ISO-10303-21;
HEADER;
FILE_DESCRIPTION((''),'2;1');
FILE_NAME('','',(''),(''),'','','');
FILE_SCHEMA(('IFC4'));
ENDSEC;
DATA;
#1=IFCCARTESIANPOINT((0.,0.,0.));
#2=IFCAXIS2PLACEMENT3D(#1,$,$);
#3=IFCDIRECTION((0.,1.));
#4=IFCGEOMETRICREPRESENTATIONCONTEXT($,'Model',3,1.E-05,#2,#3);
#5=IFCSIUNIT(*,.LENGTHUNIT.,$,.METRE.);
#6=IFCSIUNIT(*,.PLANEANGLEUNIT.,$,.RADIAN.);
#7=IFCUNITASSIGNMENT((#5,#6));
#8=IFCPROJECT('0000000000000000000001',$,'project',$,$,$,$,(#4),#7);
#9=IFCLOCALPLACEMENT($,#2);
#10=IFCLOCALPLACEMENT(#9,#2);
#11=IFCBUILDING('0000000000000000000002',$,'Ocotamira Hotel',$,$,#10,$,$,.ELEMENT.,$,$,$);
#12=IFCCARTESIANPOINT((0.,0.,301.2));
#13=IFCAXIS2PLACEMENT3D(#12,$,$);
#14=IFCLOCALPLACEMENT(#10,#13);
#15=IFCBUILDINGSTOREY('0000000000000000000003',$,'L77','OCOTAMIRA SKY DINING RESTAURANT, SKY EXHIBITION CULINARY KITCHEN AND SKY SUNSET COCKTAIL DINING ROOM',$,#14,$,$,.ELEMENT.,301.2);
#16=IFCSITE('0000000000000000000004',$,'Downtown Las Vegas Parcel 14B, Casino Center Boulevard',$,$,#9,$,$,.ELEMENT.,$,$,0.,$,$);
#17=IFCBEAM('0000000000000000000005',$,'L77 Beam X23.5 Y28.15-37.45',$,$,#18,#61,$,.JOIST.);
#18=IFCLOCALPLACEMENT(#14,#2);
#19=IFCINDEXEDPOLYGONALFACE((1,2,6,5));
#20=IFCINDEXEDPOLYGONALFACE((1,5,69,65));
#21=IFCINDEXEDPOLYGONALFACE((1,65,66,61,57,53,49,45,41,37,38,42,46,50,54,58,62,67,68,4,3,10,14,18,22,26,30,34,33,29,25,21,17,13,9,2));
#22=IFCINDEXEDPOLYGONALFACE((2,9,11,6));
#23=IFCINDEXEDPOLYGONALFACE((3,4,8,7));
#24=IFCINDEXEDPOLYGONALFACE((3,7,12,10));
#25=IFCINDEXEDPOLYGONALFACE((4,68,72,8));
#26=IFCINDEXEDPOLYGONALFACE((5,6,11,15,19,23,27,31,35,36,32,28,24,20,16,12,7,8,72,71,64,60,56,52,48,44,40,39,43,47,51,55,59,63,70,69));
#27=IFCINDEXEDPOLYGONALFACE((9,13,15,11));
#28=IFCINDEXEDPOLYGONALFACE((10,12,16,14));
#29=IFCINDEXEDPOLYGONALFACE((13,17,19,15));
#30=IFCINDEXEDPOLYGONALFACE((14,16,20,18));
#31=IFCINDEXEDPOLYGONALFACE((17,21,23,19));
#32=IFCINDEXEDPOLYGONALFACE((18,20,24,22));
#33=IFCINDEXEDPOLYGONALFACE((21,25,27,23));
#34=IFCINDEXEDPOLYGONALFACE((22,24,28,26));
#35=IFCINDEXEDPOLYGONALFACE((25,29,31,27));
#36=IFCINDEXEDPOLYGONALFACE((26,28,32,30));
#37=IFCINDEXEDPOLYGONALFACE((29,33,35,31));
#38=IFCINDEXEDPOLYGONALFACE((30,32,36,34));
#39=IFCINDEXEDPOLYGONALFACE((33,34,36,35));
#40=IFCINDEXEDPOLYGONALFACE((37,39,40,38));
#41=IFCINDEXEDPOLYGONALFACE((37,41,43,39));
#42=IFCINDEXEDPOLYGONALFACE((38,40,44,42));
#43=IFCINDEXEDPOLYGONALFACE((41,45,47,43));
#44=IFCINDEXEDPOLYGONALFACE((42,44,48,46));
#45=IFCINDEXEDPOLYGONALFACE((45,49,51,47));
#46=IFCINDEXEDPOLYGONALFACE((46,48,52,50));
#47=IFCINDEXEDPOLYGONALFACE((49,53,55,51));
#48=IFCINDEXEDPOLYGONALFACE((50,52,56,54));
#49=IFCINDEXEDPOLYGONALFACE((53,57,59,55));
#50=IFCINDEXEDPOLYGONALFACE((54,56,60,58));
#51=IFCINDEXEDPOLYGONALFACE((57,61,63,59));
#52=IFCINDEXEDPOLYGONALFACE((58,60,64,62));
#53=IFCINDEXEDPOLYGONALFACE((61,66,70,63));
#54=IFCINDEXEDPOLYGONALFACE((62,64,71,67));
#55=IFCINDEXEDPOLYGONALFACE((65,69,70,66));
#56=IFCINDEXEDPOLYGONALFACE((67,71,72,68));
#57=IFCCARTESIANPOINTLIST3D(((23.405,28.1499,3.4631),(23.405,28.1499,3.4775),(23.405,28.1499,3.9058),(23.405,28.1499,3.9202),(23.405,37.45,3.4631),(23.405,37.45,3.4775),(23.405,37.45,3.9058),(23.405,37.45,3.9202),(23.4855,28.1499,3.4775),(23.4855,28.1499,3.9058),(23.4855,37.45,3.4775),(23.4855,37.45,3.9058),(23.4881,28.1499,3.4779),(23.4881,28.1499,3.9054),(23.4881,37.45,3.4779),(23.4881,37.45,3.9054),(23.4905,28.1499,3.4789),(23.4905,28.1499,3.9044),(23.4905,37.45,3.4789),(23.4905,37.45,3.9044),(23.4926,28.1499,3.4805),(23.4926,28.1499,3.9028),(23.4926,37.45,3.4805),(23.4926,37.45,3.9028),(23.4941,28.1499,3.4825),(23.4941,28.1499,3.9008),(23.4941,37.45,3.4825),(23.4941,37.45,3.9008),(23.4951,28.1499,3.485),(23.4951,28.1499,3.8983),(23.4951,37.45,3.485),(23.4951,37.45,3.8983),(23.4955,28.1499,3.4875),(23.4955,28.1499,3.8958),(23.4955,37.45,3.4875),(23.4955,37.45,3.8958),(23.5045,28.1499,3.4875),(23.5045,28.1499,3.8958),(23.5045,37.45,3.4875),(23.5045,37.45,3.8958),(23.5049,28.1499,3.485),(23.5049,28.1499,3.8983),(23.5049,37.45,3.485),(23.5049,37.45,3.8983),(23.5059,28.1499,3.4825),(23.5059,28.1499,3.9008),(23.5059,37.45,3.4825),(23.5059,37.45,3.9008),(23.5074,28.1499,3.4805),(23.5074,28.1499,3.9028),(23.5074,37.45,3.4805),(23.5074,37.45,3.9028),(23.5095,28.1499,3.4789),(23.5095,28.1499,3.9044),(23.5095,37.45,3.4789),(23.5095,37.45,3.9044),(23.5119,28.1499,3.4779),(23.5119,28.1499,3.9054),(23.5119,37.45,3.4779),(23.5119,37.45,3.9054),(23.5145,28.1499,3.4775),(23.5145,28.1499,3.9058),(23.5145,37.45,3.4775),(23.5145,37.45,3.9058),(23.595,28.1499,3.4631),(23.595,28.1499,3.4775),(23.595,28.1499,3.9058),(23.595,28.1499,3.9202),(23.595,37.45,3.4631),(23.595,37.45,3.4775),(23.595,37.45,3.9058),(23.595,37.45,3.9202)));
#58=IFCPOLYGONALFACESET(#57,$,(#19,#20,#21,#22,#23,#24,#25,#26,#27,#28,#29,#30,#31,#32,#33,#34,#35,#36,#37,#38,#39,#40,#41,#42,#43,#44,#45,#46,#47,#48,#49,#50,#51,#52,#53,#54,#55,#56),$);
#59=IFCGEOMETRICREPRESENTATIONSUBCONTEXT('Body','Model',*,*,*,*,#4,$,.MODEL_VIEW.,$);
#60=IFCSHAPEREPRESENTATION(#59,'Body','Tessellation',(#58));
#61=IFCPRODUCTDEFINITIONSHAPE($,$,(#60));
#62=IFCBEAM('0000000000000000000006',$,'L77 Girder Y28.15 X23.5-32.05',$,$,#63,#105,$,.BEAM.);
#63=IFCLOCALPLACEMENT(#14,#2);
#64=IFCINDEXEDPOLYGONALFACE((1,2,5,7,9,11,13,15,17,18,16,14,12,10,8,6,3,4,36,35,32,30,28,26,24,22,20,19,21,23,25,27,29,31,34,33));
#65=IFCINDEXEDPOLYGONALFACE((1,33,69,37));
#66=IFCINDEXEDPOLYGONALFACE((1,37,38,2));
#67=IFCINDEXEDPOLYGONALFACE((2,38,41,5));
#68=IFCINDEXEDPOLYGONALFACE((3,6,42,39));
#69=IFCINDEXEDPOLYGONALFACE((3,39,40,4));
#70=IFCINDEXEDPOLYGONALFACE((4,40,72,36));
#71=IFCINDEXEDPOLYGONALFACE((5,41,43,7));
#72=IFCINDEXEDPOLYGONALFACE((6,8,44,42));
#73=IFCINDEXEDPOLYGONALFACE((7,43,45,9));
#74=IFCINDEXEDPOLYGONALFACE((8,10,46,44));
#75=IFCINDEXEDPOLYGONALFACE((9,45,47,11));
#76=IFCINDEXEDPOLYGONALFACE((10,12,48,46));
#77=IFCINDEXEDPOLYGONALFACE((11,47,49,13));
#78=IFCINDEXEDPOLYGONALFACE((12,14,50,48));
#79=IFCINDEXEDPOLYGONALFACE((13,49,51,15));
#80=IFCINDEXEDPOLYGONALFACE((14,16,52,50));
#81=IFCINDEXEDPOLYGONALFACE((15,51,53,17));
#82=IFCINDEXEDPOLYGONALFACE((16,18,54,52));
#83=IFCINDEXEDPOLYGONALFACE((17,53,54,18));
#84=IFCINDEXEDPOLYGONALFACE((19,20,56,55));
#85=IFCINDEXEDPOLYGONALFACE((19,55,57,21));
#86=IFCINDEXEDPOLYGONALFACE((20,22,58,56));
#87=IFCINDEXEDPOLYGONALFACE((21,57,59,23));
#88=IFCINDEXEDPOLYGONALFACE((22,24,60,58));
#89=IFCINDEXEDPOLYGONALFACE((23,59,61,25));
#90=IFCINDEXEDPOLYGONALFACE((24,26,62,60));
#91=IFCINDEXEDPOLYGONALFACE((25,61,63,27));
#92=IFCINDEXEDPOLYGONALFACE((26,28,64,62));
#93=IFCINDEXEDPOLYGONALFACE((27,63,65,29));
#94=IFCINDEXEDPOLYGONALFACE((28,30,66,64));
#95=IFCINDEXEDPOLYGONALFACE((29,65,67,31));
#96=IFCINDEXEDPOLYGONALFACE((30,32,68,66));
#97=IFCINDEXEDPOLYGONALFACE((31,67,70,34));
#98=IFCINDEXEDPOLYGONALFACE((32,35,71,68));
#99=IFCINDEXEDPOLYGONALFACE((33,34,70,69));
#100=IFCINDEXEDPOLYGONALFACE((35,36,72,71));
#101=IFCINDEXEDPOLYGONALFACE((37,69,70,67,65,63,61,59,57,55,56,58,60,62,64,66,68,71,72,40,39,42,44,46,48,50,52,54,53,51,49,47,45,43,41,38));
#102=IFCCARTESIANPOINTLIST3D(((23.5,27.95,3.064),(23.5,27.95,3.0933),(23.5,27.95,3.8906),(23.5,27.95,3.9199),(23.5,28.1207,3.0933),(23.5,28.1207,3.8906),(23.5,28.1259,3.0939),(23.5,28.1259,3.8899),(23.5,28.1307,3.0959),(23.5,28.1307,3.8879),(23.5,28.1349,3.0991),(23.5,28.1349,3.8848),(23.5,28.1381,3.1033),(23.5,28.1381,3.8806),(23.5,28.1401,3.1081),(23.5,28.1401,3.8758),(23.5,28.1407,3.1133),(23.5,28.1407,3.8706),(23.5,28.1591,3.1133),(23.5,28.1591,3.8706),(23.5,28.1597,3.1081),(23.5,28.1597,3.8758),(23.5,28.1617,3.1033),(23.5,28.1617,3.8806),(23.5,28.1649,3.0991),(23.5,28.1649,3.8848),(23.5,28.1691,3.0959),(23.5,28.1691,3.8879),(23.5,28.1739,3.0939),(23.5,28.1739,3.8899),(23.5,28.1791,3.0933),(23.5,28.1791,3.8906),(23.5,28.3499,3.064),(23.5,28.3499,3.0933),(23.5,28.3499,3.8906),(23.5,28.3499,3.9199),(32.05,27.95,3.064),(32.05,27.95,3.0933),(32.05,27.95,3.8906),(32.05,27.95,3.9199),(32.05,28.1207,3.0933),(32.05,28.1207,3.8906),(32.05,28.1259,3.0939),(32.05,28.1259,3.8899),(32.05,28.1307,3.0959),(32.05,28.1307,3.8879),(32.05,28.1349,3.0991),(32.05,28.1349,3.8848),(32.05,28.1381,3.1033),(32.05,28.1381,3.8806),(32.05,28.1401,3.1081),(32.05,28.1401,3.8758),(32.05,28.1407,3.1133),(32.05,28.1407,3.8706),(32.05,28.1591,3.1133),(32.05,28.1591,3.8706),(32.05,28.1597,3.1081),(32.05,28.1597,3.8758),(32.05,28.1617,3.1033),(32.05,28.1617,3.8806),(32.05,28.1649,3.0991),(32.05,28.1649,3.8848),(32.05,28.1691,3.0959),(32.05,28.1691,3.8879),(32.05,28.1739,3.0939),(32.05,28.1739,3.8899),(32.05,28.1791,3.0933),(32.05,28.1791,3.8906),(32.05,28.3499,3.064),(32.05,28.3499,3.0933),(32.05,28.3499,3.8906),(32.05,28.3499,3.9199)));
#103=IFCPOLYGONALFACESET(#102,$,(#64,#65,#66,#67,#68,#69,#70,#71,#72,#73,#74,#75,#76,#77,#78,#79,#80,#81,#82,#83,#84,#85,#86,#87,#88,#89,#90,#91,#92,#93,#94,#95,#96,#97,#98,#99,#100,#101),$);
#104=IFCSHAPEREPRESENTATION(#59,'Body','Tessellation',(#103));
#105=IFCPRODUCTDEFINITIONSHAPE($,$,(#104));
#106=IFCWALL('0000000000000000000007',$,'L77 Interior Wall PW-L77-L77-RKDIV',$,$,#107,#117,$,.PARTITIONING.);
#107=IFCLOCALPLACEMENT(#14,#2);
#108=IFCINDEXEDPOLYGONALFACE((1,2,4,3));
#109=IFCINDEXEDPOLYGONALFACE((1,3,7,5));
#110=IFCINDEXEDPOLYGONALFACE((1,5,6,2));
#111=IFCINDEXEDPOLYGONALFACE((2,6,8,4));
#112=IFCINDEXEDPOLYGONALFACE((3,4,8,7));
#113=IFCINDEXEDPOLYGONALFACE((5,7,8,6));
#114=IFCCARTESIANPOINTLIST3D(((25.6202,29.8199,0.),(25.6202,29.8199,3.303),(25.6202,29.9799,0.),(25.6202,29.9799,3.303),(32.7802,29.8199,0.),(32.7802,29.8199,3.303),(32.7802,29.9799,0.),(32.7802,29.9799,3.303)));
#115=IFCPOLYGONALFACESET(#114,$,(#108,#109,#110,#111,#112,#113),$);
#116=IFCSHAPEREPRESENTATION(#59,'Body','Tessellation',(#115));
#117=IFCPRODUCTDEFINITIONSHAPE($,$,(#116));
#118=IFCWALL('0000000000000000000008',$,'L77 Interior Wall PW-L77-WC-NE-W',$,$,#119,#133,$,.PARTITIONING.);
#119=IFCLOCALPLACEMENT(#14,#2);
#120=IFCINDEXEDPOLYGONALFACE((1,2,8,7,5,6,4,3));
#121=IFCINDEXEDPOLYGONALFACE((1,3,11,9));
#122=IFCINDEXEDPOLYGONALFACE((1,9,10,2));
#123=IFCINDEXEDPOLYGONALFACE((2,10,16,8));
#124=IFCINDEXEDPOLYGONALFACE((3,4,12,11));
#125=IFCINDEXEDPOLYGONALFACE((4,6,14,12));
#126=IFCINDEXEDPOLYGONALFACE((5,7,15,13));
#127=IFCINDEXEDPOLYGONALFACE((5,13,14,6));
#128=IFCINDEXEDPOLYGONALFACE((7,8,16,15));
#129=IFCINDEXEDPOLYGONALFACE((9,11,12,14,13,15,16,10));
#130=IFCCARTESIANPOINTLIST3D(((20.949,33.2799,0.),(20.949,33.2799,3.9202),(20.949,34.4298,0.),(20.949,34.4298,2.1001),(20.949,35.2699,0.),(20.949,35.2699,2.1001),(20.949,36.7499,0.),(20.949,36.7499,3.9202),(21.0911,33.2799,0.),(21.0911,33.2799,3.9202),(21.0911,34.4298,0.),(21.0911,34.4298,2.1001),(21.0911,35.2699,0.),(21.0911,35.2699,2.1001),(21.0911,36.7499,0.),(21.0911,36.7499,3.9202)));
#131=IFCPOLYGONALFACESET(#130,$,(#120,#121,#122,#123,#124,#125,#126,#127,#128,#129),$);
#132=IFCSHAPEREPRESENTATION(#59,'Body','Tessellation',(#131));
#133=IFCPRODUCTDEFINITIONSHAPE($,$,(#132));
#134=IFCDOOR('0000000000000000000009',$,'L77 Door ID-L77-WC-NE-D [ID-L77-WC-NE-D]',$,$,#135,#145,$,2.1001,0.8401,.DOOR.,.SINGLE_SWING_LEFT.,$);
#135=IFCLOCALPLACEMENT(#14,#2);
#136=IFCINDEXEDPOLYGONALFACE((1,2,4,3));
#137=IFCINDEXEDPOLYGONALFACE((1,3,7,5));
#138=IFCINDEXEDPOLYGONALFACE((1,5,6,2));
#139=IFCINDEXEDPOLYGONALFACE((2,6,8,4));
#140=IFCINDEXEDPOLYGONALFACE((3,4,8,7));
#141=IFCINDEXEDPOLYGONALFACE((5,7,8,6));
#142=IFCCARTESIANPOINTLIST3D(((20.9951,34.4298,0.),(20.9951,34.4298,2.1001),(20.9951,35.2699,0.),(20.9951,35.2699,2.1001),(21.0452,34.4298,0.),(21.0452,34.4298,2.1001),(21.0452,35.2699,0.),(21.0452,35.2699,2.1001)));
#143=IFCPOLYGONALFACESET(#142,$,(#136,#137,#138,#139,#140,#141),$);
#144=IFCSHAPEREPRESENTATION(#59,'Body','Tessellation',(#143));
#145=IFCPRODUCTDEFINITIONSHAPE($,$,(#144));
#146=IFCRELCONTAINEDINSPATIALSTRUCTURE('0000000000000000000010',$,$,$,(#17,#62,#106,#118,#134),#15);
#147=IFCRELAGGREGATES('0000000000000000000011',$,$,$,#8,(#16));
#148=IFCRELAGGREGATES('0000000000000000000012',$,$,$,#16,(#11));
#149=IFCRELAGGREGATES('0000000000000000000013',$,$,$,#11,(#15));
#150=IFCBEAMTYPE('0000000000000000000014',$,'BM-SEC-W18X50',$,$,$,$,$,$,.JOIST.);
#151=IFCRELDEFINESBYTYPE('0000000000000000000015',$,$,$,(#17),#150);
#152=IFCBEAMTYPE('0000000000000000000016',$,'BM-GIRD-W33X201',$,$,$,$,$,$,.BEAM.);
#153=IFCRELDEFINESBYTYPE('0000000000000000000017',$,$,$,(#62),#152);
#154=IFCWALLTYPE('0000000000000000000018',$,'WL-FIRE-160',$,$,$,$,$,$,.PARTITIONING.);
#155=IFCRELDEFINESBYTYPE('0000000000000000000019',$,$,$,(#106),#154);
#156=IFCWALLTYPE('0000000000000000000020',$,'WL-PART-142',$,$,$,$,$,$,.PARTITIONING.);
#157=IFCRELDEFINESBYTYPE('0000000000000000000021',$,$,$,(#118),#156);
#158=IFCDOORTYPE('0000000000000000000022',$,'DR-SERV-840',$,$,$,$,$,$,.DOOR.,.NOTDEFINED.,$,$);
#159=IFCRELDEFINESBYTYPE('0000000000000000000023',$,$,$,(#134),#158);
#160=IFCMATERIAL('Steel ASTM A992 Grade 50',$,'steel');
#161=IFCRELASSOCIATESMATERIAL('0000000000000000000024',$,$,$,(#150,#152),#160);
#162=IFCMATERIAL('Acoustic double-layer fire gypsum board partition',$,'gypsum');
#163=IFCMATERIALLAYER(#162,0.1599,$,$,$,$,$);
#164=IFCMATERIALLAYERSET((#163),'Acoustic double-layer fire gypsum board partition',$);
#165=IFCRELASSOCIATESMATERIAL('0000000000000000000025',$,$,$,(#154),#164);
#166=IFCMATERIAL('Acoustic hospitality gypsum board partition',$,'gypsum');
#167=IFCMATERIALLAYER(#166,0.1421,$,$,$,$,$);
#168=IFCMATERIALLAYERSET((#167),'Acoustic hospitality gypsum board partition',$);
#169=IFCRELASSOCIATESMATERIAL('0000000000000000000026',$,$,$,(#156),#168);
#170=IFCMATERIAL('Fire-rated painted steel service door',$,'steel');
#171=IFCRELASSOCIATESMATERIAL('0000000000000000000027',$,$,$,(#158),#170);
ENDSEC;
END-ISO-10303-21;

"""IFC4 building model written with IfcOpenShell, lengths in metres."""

from ifc_helpers import new_model, si_unit, direction, frame, frame_2d, origin, origin_2d, place, context, subcontext, project, spatial, rectangle, i_section, extrude, source, transform, mapped, material, layer, layer_set, material_profile, profile_set, type_object, element, fill, save


model = new_model("IFC4")

# Units and contexts
model_context = context("Model", 3, precision=1e-05, world=origin(), true_north=direction((0.0, 1.0)))
body_context = subcontext(model_context, "Body", "Model", "MODEL_VIEW")
ifc_project = project(units=[si_unit("LENGTHUNIT", "METRE"), si_unit("PLANEANGLEUNIT", "RADIAN")], contexts=[model_context])

# Site, building, storey
site_placement = place(None, origin())
site = spatial("IfcSite", under=ifc_project, at=site_placement, Name="Downtown Las Vegas Parcel 14B, Casino Center Boulevard", CompositionType="ELEMENT", RefElevation=0.0)
building_placement = place(site_placement, origin())
building = spatial("IfcBuilding", under=site, at=building_placement, Name="Ocotamira Hotel", CompositionType="ELEMENT")
storey_placement = place(building_placement, frame((0.0, 0.0, 301.2)))
storey = spatial("IfcBuildingStorey", under=building, at=storey_placement, Name="L77", Description="OCOTAMIRA SKY DINING RESTAURANT, SKY EXHIBITION CULINARY KITCHEN AND SKY SUNSET COCKTAIL DINING ROOM", CompositionType="ELEMENT", Elevation=301.2)

# Shared definitions
ifc_material_1 = material(Name="Steel ASTM A992 Grade 50", Category="steel")

# Beams
ifc_material_profile_1 = material_profile(ifc_material_1, i_section(OverallWidth=0.1899, OverallDepth=0.457, WebThickness=0.009, FlangeThickness=0.0144, FilletRadius=0.01, at=origin_2d()), Name="W18X50")
ifc_profile_set_1 = profile_set([ifc_material_profile_1], Name="Steel ASTM A992 Grade 50")
beam_type_1 = type_object("IfcBeamType", Name="BM-SEC-W18X50", PredefinedType="JOIST", material=ifc_profile_set_1)
shared_shape_1 = source(origin(), body_context, "Body", "SweptSolid", [
    extrude(i_section(OverallWidth=0.1899, OverallDepth=0.457, WebThickness=0.009, FlangeThickness=0.0144, FilletRadius=0.01, at=origin_2d()), origin(), (0.0, 0.0, 1.0), 9.3),
])
beam_1_placement = place(storey_placement, frame((23.5, 28.1499, 3.6917), z_axis=(0.0, 1.0, 0.0), x_axis=(-1.0, 0.0, 0.0)))
element("IfcBeam", 1, at=beam_1_placement, inside=storey, type_object=beam_type_1, Name="L77 Beam X23.5 Y28.15-37.45", PredefinedType="JOIST", context=body_context, shape_type="MappedRepresentation", body=[
    mapped(shared_shape_1, transform((0.0, 0.0, 0.0), scale=1.0)),
])
ifc_material_profile_2 = material_profile(ifc_material_1, i_section(OverallWidth=0.3999, OverallDepth=0.856, WebThickness=0.0183, FlangeThickness=0.0293, FilletRadius=0.02, at=origin_2d()), Name="W33X201")
ifc_profile_set_2 = profile_set([ifc_material_profile_2], Name="Steel ASTM A992 Grade 50")
beam_type_2 = type_object("IfcBeamType", Name="BM-GIRD-W33X201", PredefinedType="BEAM", material=ifc_profile_set_2)
shared_shape_2 = source(origin(), body_context, "Body", "SweptSolid", [
    extrude(i_section(OverallWidth=0.3999, OverallDepth=0.856, WebThickness=0.0183, FlangeThickness=0.0293, FilletRadius=0.02, at=origin_2d()), origin(), (0.0, 0.0, 1.0), 8.55),
])
beam_2_placement = place(storey_placement, frame((23.5, 28.1499, 3.4919), z_axis=(1.0, 0.0, 0.0), x_axis=(0.0, 1.0, 0.0)))
element("IfcBeam", 2, at=beam_2_placement, inside=storey, type_object=beam_type_2, Name="L77 Girder Y28.15 X23.5-32.05", PredefinedType="BEAM", context=body_context, shape_type="MappedRepresentation", body=[
    mapped(shared_shape_2, transform((0.0, 0.0, 0.0), scale=1.0)),
])

# Wall
ifc_material_2 = material(Name="Acoustic double-layer fire gypsum board partition", Category="gypsum")
ifc_layer_1 = layer(ifc_material_2, 0.1599)
ifc_layer_set_1 = layer_set([ifc_layer_1], Name="Acoustic double-layer fire gypsum board partition")
wall_type_1 = type_object("IfcWallType", Name="WL-FIRE-160", PredefinedType="PARTITIONING", material=ifc_layer_set_1)
wall_1_placement = place(storey_placement, frame((25.6201, 29.8999, 0.0), z_axis=(0.0, 0.0, 1.0), x_axis=(1.0, 0.0, 0.0)))
element("IfcWall", 3, at=wall_1_placement, inside=storey, type_object=wall_type_1, Name="L77 Interior Wall PW-L77-L77-RKDIV", PredefinedType="PARTITIONING", context=body_context, shape_type="SweptSolid", body=[
    extrude(rectangle(XDim=7.1599, YDim=0.1599, at=frame_2d((3.5801, 0.0))), origin(), (0.0, 0.0, 1.0), 3.303),
])

# Wall, opening, door
ifc_material_3 = material(Name="Acoustic hospitality gypsum board partition", Category="gypsum")
ifc_layer_2 = layer(ifc_material_3, 0.1421)
ifc_layer_set_2 = layer_set([ifc_layer_2], Name="Acoustic hospitality gypsum board partition")
wall_type_2 = type_object("IfcWallType", Name="WL-PART-142", PredefinedType="PARTITIONING", material=ifc_layer_set_2)
wall_2_placement = place(storey_placement, frame((21.02, 33.28, 0.0), z_axis=(0.0, 0.0, 1.0), x_axis=(0.0, 1.0, 0.0)))
wall_2 = element("IfcWall", 4, at=wall_2_placement, inside=storey, type_object=wall_type_2, Name="L77 Interior Wall PW-L77-WC-NE-W", PredefinedType="PARTITIONING", context=body_context, shape_type="SweptSolid", body=[
    extrude(rectangle(XDim=3.47, YDim=0.1421, at=frame_2d((1.7349, 0.0))), origin(), (0.0, 0.0, 1.0), 3.9202),
])
opening_1_placement = place(wall_2_placement, frame((1.1499, 0.0, 0.0)))
opening_1 = element("IfcOpeningElement", 5, at=opening_1_placement, cuts=wall_2, PredefinedType="OPENING", context=body_context, shape_type="SweptSolid", body=[
    extrude(rectangle(XDim=0.8401, YDim=2.1001, at=frame_2d((0.4199, 1.05))), frame((0.0, 0.0811, 0.0), z_axis=(0.0, -1.0, 0.0), x_axis=(1.0, 0.0, 0.0)), (0.0, 0.0, 1.0), 0.1621),
])
ifc_material_4 = material(Name="Fire-rated painted steel service door", Category="steel")
door_type_1 = type_object("IfcDoorType", Name="DR-SERV-840", OperationType="NOTDEFINED", PredefinedType="DOOR", material=ifc_material_4)
shared_shape_3 = source(origin(), body_context, "Body", "SweptSolid", [
    extrude(rectangle(XDim=0.8401, YDim=2.1001, at=frame_2d((0.4199, 1.05))), frame((0.0, 0.0249, 0.0), z_axis=(0.0, -1.0, 0.0), x_axis=(1.0, 0.0, 0.0)), (0.0, 0.0, 1.0), 0.05),
])
door_1_placement = place(opening_1_placement, origin())
door_1 = element("IfcDoor", 6, at=door_1_placement, inside=storey, type_object=door_type_1, Name="L77 Door ID-L77-WC-NE-D [ID-L77-WC-NE-D]", OperationType="SINGLE_SWING_LEFT", OverallHeight=2.1001, OverallWidth=0.8401, PredefinedType="DOOR", context=body_context, shape_type="MappedRepresentation", body=[
    mapped(shared_shape_3, transform((0.0, 0.0, 0.0), scale=1.0)),
])
fill(opening_1, door_1)

save(model, "model.ifc")
